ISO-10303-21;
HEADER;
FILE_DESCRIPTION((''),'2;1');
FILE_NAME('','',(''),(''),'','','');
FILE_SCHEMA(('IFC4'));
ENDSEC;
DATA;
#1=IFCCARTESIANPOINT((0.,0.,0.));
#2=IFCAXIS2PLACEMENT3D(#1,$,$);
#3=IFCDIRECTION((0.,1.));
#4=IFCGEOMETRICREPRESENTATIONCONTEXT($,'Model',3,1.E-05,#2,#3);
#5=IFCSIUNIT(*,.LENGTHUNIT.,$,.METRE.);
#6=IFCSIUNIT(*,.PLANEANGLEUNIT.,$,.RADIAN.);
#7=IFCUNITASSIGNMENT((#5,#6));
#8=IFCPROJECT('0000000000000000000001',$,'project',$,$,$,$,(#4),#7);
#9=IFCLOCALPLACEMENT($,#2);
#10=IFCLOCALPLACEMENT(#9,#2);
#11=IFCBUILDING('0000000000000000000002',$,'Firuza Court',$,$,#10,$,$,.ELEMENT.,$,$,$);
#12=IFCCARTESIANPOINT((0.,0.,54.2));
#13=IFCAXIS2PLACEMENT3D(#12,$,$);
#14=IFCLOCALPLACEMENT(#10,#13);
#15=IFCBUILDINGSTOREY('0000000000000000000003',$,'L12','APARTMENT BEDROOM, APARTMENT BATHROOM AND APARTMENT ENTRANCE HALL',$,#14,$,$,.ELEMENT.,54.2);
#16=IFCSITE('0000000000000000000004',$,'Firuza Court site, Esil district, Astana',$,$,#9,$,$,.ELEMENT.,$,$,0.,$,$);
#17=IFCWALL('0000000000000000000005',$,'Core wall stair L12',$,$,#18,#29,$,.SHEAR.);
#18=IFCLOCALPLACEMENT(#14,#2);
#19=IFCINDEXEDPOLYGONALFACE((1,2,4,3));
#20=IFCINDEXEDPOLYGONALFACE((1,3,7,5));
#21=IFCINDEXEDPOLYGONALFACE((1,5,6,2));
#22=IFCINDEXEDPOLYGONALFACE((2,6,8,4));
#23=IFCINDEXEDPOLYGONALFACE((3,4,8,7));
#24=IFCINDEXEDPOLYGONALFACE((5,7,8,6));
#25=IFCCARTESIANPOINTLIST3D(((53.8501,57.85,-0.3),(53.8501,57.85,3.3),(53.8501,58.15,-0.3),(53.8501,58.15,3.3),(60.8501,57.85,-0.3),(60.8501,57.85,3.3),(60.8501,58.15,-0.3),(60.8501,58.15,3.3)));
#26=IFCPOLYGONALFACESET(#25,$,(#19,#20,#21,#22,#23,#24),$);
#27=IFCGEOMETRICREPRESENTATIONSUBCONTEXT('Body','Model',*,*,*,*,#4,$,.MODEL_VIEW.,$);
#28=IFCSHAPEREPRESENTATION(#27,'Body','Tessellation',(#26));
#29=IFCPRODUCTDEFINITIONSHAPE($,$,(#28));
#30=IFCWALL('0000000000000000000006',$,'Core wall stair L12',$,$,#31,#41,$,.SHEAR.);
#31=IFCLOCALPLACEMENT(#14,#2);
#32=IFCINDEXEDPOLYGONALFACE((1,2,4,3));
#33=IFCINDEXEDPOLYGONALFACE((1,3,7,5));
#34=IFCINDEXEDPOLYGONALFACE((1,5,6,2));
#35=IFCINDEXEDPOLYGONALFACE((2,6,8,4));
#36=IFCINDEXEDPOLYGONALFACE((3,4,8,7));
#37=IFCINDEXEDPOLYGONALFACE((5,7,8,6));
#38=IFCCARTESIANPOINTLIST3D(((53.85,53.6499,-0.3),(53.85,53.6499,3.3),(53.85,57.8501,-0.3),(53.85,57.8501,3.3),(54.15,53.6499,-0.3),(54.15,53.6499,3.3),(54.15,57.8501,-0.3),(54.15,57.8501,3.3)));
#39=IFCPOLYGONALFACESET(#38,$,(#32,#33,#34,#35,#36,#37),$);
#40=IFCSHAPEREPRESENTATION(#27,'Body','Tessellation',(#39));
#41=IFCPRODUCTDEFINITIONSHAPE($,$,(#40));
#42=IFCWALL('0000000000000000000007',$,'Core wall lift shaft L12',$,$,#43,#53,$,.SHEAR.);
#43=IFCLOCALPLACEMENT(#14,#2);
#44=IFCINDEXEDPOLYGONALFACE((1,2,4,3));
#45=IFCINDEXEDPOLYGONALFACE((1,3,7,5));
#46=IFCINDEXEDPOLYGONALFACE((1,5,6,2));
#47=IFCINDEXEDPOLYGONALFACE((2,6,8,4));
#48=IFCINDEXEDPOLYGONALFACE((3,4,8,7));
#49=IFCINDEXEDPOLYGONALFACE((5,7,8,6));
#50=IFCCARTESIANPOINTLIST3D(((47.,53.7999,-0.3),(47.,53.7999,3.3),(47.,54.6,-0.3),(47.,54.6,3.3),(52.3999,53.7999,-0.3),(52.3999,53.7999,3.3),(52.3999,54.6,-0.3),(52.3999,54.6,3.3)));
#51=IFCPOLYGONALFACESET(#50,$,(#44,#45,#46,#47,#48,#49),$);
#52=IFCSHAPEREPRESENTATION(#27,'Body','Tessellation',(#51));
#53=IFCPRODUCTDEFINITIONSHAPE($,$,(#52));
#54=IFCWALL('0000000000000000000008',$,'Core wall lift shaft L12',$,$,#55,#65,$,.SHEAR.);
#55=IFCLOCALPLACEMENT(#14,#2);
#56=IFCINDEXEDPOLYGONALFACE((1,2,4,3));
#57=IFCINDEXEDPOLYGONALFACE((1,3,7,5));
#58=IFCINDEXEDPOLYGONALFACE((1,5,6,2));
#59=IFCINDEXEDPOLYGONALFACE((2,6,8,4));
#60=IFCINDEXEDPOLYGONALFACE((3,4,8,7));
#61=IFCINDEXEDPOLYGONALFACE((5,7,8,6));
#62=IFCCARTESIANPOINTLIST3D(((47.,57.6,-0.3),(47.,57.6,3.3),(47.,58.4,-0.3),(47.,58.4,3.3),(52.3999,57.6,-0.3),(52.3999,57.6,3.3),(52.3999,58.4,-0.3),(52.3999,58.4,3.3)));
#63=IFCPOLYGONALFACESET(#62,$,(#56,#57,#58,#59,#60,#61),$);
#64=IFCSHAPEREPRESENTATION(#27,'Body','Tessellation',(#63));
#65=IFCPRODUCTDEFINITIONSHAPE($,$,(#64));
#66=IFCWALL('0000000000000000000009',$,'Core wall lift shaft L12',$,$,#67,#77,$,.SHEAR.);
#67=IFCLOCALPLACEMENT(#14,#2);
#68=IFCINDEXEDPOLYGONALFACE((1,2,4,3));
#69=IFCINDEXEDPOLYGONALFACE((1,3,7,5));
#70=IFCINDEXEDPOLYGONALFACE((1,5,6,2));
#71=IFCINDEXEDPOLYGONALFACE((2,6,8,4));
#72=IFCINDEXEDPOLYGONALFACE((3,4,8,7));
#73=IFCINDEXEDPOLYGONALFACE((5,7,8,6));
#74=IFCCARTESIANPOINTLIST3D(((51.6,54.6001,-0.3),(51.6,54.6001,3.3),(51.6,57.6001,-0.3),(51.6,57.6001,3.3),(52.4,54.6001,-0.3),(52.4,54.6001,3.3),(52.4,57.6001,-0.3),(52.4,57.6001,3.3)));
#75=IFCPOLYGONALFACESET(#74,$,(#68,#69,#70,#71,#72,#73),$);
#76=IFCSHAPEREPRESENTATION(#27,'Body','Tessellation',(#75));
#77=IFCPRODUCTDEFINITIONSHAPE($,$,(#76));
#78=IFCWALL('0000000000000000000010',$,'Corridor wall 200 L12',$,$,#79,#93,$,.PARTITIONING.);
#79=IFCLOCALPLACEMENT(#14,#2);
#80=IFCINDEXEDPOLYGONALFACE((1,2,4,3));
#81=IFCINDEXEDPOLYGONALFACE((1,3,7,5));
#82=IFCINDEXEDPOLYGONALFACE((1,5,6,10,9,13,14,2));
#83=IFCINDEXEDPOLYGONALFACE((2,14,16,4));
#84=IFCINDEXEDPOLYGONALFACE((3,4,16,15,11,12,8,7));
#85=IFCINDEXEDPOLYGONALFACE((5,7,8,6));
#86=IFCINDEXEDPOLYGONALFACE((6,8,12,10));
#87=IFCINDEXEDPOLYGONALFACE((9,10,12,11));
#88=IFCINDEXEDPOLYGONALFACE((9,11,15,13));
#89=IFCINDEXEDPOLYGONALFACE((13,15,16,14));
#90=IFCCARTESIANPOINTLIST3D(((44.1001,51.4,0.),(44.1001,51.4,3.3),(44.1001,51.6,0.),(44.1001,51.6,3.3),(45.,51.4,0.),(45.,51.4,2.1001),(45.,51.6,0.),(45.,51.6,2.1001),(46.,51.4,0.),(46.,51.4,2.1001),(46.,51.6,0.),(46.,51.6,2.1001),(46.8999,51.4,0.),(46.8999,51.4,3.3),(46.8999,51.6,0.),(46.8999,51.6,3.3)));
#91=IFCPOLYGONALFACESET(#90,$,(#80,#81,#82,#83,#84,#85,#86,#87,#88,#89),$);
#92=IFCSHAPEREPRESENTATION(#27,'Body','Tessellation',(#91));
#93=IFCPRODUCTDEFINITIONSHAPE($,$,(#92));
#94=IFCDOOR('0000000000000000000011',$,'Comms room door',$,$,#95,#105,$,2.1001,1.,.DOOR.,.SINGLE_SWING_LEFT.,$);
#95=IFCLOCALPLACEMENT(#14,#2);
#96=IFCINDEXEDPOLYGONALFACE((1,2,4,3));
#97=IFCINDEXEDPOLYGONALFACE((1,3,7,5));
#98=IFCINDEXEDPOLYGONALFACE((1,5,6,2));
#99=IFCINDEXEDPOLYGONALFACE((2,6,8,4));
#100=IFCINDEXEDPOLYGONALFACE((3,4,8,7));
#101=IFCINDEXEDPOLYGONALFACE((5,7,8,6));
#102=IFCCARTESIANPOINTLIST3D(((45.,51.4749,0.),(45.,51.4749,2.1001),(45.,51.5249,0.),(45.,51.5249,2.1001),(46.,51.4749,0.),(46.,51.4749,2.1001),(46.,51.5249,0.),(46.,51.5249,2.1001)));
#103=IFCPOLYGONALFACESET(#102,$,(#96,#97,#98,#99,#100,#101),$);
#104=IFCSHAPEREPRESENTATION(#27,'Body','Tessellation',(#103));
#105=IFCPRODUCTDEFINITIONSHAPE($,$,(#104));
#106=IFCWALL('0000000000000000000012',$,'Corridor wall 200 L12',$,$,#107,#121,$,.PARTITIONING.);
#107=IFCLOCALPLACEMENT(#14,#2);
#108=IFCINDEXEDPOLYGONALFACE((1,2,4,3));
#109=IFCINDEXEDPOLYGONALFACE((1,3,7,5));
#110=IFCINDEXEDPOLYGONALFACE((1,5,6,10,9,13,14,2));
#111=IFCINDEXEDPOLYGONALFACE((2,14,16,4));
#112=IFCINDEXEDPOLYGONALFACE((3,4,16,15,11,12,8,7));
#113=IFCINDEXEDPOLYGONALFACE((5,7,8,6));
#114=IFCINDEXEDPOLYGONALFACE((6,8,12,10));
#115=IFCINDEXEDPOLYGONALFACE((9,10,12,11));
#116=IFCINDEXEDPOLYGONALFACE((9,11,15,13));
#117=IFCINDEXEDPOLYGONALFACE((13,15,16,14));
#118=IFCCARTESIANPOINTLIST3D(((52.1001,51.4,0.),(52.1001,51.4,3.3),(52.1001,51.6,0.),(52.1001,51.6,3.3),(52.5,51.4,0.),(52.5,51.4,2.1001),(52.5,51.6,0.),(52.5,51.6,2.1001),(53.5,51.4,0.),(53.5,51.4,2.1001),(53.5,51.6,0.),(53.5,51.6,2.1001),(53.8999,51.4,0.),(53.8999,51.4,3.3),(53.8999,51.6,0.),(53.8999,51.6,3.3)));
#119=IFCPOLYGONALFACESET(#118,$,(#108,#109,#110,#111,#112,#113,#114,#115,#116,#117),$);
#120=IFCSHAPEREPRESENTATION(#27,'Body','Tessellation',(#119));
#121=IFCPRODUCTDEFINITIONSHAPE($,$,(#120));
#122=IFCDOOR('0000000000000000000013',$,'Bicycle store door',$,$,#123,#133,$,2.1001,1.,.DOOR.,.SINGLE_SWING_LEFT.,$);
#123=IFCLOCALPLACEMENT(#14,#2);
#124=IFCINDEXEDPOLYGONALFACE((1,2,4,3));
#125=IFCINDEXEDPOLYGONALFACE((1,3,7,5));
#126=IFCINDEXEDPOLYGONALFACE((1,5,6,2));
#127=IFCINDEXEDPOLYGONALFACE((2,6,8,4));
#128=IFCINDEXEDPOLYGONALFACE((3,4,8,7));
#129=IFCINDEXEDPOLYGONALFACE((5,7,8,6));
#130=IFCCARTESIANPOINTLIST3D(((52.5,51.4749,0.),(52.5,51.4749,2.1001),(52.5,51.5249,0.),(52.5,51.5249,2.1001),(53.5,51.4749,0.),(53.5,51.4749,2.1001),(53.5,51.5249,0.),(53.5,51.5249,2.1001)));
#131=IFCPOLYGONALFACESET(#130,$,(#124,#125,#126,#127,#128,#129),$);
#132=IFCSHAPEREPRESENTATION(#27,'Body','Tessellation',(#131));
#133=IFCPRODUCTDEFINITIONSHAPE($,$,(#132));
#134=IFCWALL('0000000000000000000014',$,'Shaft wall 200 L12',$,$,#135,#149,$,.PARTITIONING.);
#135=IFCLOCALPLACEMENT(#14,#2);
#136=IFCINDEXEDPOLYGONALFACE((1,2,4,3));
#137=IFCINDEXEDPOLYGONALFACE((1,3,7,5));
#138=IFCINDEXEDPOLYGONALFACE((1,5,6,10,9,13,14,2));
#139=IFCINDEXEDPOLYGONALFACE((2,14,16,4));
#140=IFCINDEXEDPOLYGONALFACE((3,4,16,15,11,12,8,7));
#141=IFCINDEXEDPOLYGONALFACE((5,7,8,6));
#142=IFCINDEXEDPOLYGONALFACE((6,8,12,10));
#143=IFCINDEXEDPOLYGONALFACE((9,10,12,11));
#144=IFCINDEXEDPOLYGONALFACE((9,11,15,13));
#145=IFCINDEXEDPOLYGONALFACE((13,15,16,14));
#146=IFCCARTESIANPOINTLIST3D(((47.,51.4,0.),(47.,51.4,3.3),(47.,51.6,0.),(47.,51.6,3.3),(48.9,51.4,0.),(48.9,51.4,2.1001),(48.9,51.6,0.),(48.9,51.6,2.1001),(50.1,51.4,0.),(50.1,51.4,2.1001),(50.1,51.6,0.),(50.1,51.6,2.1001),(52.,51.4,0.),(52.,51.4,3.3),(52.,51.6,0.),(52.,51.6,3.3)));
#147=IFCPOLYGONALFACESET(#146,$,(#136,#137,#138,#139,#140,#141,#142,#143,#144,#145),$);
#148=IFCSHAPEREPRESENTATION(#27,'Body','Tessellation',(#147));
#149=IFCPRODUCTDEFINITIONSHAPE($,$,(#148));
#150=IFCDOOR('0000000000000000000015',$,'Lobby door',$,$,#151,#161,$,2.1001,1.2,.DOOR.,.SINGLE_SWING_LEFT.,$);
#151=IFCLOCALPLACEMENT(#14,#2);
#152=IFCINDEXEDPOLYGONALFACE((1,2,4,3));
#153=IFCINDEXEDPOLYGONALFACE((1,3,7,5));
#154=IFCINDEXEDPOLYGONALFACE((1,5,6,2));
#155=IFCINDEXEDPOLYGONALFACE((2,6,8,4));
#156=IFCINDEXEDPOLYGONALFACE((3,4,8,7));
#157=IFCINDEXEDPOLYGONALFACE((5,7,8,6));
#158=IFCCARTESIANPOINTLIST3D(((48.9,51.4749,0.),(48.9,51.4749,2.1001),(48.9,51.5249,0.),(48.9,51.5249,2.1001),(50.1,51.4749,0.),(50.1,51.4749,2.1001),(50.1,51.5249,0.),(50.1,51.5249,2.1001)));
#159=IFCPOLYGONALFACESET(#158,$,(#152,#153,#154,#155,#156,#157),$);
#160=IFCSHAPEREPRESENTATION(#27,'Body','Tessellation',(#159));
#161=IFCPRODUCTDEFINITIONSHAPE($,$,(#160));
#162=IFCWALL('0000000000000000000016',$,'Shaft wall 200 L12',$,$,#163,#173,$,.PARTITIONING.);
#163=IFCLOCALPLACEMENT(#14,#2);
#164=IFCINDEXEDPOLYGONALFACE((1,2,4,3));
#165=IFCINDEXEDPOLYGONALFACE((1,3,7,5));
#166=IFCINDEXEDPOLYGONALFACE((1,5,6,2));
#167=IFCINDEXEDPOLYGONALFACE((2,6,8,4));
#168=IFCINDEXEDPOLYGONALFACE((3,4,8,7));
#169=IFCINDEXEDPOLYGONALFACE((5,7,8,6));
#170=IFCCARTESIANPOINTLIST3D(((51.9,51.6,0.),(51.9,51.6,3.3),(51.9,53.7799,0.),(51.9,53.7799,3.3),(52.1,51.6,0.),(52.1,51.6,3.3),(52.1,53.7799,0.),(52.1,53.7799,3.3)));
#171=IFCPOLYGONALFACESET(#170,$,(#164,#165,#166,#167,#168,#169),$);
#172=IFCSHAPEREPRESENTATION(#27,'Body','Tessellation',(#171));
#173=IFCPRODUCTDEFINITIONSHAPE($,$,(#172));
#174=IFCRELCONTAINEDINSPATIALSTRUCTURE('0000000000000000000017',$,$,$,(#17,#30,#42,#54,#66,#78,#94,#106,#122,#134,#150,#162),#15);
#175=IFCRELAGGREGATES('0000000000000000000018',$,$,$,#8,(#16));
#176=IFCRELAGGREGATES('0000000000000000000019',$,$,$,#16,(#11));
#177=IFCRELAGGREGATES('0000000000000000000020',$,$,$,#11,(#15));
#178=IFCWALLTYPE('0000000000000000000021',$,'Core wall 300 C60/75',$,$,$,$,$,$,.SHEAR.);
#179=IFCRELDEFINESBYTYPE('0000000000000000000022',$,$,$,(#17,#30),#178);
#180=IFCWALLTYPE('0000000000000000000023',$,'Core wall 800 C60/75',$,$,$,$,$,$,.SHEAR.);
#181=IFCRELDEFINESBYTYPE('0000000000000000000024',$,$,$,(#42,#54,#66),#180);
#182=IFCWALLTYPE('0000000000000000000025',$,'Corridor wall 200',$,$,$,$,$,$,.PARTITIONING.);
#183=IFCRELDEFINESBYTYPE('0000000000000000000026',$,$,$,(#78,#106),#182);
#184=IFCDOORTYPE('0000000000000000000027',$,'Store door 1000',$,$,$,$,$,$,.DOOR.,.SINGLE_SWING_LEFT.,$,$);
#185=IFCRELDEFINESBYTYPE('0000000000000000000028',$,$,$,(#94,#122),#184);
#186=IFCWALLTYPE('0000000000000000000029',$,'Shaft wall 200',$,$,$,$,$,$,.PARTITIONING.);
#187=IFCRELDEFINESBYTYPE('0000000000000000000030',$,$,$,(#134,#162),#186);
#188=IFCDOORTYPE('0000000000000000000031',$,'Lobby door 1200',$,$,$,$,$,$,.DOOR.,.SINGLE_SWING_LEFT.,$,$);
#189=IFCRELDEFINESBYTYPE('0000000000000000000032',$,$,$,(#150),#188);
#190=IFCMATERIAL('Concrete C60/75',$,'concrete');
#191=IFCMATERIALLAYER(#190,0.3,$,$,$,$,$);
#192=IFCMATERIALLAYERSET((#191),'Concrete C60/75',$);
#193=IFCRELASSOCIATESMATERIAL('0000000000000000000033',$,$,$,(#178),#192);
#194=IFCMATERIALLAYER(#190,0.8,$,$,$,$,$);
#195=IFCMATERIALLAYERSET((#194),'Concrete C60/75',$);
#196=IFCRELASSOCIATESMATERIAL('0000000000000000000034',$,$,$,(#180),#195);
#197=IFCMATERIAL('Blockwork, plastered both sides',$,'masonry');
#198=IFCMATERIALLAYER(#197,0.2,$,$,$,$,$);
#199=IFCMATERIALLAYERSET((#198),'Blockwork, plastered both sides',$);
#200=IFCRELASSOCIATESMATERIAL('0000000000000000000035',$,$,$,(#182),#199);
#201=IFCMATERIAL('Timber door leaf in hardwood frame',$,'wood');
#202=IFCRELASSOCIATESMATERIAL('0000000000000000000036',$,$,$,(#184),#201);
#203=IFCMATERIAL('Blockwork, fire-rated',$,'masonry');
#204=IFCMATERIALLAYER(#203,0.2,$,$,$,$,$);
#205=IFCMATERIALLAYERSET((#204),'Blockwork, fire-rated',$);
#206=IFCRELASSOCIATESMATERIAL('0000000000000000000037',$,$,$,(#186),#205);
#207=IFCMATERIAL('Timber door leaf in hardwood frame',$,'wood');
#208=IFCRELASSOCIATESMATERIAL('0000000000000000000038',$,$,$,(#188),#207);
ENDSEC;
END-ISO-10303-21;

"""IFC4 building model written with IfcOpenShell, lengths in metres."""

from ifc_helpers import new_model, si_unit, direction, frame, frame_2d, origin, place, context, subcontext, project, spatial, rectangle, extrude, material, layer, layer_set, type_object, element, fill, save


model = new_model("IFC4")

# Units and contexts
model_context = context("Model", 3, precision=1e-05, world=origin(), true_north=direction((0.0, 1.0)))
body_context = subcontext(model_context, "Body", "Model", "MODEL_VIEW")
ifc_project = project(units=[si_unit("LENGTHUNIT", "METRE"), si_unit("PLANEANGLEUNIT", "RADIAN")], contexts=[model_context])

# Site, building, storey
site_placement = place(None, origin())
site = spatial("IfcSite", under=ifc_project, at=site_placement, Name="Firuza Court site, Esil district, Astana", CompositionType="ELEMENT", RefElevation=0.0)
building_placement = place(site_placement, origin())
building = spatial("IfcBuilding", under=site, at=building_placement, Name="Firuza Court", CompositionType="ELEMENT")
storey_placement = place(building_placement, frame((0.0, 0.0, 54.2)))
storey = spatial("IfcBuildingStorey", under=building, at=storey_placement, Name="L12", Description="APARTMENT BEDROOM, APARTMENT BATHROOM AND APARTMENT ENTRANCE HALL", CompositionType="ELEMENT", Elevation=54.2)

# Shared definitions
ifc_material_1 = material(Name="Concrete C60/75", Category="concrete")
ifc_layer_1 = layer(ifc_material_1, 0.3)
ifc_layer_set_1 = layer_set([ifc_layer_1], Name="Concrete C60/75")
wall_type_1 = type_object("IfcWallType", Name="Core wall 300 C60/75", PredefinedType="SHEAR", material=ifc_layer_set_1)

# Walls
wall_1_placement = place(storey_placement, frame((53.8501, 58.0, -0.3), z_axis=(0.0, 0.0, 1.0), x_axis=(1.0, 0.0, 0.0)))
element("IfcWall", 1, at=wall_1_placement, inside=storey, type_object=wall_type_1, Name="Core wall stair L12", PredefinedType="SHEAR", context=body_context, shape_type="SweptSolid", body=[
    extrude(rectangle(XDim=7.0, YDim=0.3, at=frame_2d((3.5, 0.0))), origin(), (0.0, 0.0, 1.0), 3.6001),
])
wall_2_placement = place(storey_placement, frame((54.0, 53.6499, -0.3), z_axis=(0.0, 0.0, 1.0), x_axis=(0.0, 1.0, 0.0)))
element("IfcWall", 2, at=wall_2_placement, inside=storey, type_object=wall_type_1, Name="Core wall stair L12", PredefinedType="SHEAR", context=body_context, shape_type="SweptSolid", body=[
    extrude(rectangle(XDim=4.2002, YDim=0.3, at=frame_2d((2.1001, 0.0))), origin(), (0.0, 0.0, 1.0), 3.6001),
])
ifc_layer_2 = layer(ifc_material_1, 0.8)
ifc_layer_set_2 = layer_set([ifc_layer_2], Name="Concrete C60/75")
wall_type_2 = type_object("IfcWallType", Name="Core wall 800 C60/75", PredefinedType="SHEAR", material=ifc_layer_set_2)
for number, where, z_axis, x_axis, name in (
    (3, (47.0, 54.2, -0.3), (0.0, 0.0, 1.0), (1.0, 0.0, 0.0), "Core wall lift shaft L12"),
    (4, (47.0, 58.0, -0.3), (0.0, 0.0, 1.0), (1.0, 0.0, 0.0), "Core wall lift shaft L12"),
):
    element("IfcWall", number, at=place(storey_placement, frame(where, z_axis=z_axis, x_axis=x_axis)), inside=storey, type_object=wall_type_2, Name=name, PredefinedType="SHEAR", context=body_context, shape_type="SweptSolid", body=[
        extrude(rectangle(XDim=5.3999, YDim=0.8, at=frame_2d((2.7, 0.0))), origin(), (0.0, 0.0, 1.0), 3.6001),
    ])
wall_3_placement = place(storey_placement, frame((52.0, 54.6001, -0.3), z_axis=(0.0, 0.0, 1.0), x_axis=(0.0, 1.0, 0.0)))
element("IfcWall", 5, at=wall_3_placement, inside=storey, type_object=wall_type_2, Name="Core wall lift shaft L12", PredefinedType="SHEAR", context=body_context, shape_type="SweptSolid", body=[
    extrude(rectangle(XDim=3.0, YDim=0.8, at=frame_2d((1.5, 0.0))), origin(), (0.0, 0.0, 1.0), 3.6001),
])

# Walls, openings, doors
ifc_material_2 = material(Name="Blockwork, plastered both sides", Category="masonry")
ifc_layer_3 = layer(ifc_material_2, 0.2)
ifc_layer_set_3 = layer_set([ifc_layer_3], Name="Blockwork, plastered both sides")
wall_type_3 = type_object("IfcWallType", Name="Corridor wall 200", PredefinedType="PARTITIONING", material=ifc_layer_set_3)
wall_4_placement = place(storey_placement, frame((44.1001, 51.5, 0.0), z_axis=(0.0, 0.0, 1.0), x_axis=(1.0, 0.0, 0.0)))
wall_4 = element("IfcWall", 6, at=wall_4_placement, inside=storey, type_object=wall_type_3, Name="Corridor wall 200 L12", PredefinedType="PARTITIONING", context=body_context, shape_type="SweptSolid", body=[
    extrude(rectangle(XDim=2.7998, YDim=0.2, at=frame_2d((1.3999, 0.0))), origin(), (0.0, 0.0, 1.0), 3.3),
])
opening_1_placement = place(wall_4_placement, frame((0.8999, 0.0, 0.0)))
opening_1 = element("IfcOpeningElement", 7, at=opening_1_placement, cuts=wall_4, PredefinedType="OPENING", context=body_context, shape_type="SweptSolid", body=[
    extrude(rectangle(XDim=1.0, YDim=2.1001, at=frame_2d((0.5, 1.05))), frame((0.0, 0.1118, 0.0), z_axis=(0.0, -1.0, 0.0), x_axis=(1.0, 0.0, 0.0)), (0.0, 0.0, 1.0), 0.2239),
])
ifc_material_3 = material(Name="Timber door leaf in hardwood frame", Category="wood")
door_type_1 = type_object("IfcDoorType", Name="Store door 1000", OperationType="SINGLE_SWING_LEFT", PredefinedType="DOOR", material=ifc_material_3)
door_1_placement = place(opening_1_placement, origin())
door_1 = element("IfcDoor", 8, at=door_1_placement, inside=storey, type_object=door_type_1, Name="Comms room door", OperationType="SINGLE_SWING_LEFT", OverallHeight=2.1001, OverallWidth=1.0, PredefinedType="DOOR", context=body_context, shape_type="SweptSolid", body=[
    extrude(rectangle(XDim=1.0, YDim=2.1001, at=frame_2d((0.5, 1.05))), frame((0.0, 0.0249, 0.0), z_axis=(0.0, -1.0, 0.0), x_axis=(1.0, 0.0, 0.0)), (0.0, 0.0, 1.0), 0.05),
])
fill(opening_1, door_1)
wall_5_placement = place(storey_placement, frame((52.1001, 51.5, 0.0), z_axis=(0.0, 0.0, 1.0), x_axis=(1.0, 0.0, 0.0)))
wall_5 = element("IfcWall", 9, at=wall_5_placement, inside=storey, type_object=wall_type_3, Name="Corridor wall 200 L12", PredefinedType="PARTITIONING", context=body_context, shape_type="SweptSolid", body=[
    extrude(rectangle(XDim=1.7998, YDim=0.2, at=frame_2d((0.8999, 0.0))), origin(), (0.0, 0.0, 1.0), 3.3),
])
opening_2_placement = place(wall_5_placement, frame((0.3999, 0.0, 0.0)))
opening_2 = element("IfcOpeningElement", 10, at=opening_2_placement, cuts=wall_5, PredefinedType="OPENING", context=body_context, shape_type="SweptSolid", body=[
    extrude(rectangle(XDim=1.0, YDim=2.1001, at=frame_2d((0.5, 1.05))), frame((0.0, 0.1118, 0.0), z_axis=(0.0, -1.0, 0.0), x_axis=(1.0, 0.0, 0.0)), (0.0, 0.0, 1.0), 0.2239),
])
door_2_placement = place(opening_2_placement, origin())
door_2 = element("IfcDoor", 11, at=door_2_placement, inside=storey, type_object=door_type_1, Name="Bicycle store door", OperationType="SINGLE_SWING_LEFT", OverallHeight=2.1001, OverallWidth=1.0, PredefinedType="DOOR", context=body_context, shape_type="SweptSolid", body=[
    extrude(rectangle(XDim=1.0, YDim=2.1001, at=frame_2d((0.5, 1.05))), frame((0.0, 0.0249, 0.0), z_axis=(0.0, -1.0, 0.0), x_axis=(1.0, 0.0, 0.0)), (0.0, 0.0, 1.0), 0.05),
])
fill(opening_2, door_2)
ifc_material_4 = material(Name="Blockwork, fire-rated", Category="masonry")
ifc_layer_4 = layer(ifc_material_4, 0.2)
ifc_layer_set_4 = layer_set([ifc_layer_4], Name="Blockwork, fire-rated")
wall_type_4 = type_object("IfcWallType", Name="Shaft wall 200", PredefinedType="PARTITIONING", material=ifc_layer_set_4)
wall_6_placement = place(storey_placement, frame((47.0, 51.5, 0.0), z_axis=(0.0, 0.0, 1.0), x_axis=(1.0, 0.0, 0.0)))
wall_6 = element("IfcWall", 12, at=wall_6_placement, inside=storey, type_object=wall_type_4, Name="Shaft wall 200 L12", PredefinedType="PARTITIONING", context=body_context, shape_type="SweptSolid", body=[
    extrude(rectangle(XDim=5.0, YDim=0.2, at=frame_2d((2.5, 0.0))), origin(), (0.0, 0.0, 1.0), 3.3),
])
opening_3_placement = place(wall_6_placement, frame((1.8999, 0.0, 0.0)))
opening_3 = element("IfcOpeningElement", 13, at=opening_3_placement, cuts=wall_6, PredefinedType="OPENING", context=body_context, shape_type="SweptSolid", body=[
    extrude(rectangle(XDim=1.2, YDim=2.1001, at=frame_2d((0.6001, 1.05))), frame((0.0, 0.1118, 0.0), z_axis=(0.0, -1.0, 0.0), x_axis=(1.0, 0.0, 0.0)), (0.0, 0.0, 1.0), 0.2239),
])
ifc_material_5 = material(Name="Timber door leaf in hardwood frame", Category="wood")
door_type_2 = type_object("IfcDoorType", Name="Lobby door 1200", OperationType="SINGLE_SWING_LEFT", PredefinedType="DOOR", material=ifc_material_5)
door_3_placement = place(opening_3_placement, origin())
door_3 = element("IfcDoor", 14, at=door_3_placement, inside=storey, type_object=door_type_2, Name="Lobby door", OperationType="SINGLE_SWING_LEFT", OverallHeight=2.1001, OverallWidth=1.2, PredefinedType="DOOR", context=body_context, shape_type="SweptSolid", body=[
    extrude(rectangle(XDim=1.2, YDim=2.1001, at=frame_2d((0.6001, 1.05))), frame((0.0, 0.0249, 0.0), z_axis=(0.0, -1.0, 0.0), x_axis=(1.0, 0.0, 0.0)), (0.0, 0.0, 1.0), 0.05),
])
fill(opening_3, door_3)

# Wall
for number, where, z_axis, x_axis, name in (
    (15, (52.0, 51.6001, 0.0), (0.0, 0.0, 1.0), (0.0, 1.0, 0.0), "Shaft wall 200 L12"),
):
    element("IfcWall", number, at=place(storey_placement, frame(where, z_axis=z_axis, x_axis=x_axis)), inside=storey, type_object=wall_type_4, Name=name, PredefinedType="PARTITIONING", context=body_context, shape_type="SweptSolid", body=[
        extrude(rectangle(XDim=2.1799, YDim=0.2, at=frame_2d((1.0898, 0.0))), origin(), (0.0, 0.0, 1.0), 3.3),
    ])

save(model, "model.ifc")
